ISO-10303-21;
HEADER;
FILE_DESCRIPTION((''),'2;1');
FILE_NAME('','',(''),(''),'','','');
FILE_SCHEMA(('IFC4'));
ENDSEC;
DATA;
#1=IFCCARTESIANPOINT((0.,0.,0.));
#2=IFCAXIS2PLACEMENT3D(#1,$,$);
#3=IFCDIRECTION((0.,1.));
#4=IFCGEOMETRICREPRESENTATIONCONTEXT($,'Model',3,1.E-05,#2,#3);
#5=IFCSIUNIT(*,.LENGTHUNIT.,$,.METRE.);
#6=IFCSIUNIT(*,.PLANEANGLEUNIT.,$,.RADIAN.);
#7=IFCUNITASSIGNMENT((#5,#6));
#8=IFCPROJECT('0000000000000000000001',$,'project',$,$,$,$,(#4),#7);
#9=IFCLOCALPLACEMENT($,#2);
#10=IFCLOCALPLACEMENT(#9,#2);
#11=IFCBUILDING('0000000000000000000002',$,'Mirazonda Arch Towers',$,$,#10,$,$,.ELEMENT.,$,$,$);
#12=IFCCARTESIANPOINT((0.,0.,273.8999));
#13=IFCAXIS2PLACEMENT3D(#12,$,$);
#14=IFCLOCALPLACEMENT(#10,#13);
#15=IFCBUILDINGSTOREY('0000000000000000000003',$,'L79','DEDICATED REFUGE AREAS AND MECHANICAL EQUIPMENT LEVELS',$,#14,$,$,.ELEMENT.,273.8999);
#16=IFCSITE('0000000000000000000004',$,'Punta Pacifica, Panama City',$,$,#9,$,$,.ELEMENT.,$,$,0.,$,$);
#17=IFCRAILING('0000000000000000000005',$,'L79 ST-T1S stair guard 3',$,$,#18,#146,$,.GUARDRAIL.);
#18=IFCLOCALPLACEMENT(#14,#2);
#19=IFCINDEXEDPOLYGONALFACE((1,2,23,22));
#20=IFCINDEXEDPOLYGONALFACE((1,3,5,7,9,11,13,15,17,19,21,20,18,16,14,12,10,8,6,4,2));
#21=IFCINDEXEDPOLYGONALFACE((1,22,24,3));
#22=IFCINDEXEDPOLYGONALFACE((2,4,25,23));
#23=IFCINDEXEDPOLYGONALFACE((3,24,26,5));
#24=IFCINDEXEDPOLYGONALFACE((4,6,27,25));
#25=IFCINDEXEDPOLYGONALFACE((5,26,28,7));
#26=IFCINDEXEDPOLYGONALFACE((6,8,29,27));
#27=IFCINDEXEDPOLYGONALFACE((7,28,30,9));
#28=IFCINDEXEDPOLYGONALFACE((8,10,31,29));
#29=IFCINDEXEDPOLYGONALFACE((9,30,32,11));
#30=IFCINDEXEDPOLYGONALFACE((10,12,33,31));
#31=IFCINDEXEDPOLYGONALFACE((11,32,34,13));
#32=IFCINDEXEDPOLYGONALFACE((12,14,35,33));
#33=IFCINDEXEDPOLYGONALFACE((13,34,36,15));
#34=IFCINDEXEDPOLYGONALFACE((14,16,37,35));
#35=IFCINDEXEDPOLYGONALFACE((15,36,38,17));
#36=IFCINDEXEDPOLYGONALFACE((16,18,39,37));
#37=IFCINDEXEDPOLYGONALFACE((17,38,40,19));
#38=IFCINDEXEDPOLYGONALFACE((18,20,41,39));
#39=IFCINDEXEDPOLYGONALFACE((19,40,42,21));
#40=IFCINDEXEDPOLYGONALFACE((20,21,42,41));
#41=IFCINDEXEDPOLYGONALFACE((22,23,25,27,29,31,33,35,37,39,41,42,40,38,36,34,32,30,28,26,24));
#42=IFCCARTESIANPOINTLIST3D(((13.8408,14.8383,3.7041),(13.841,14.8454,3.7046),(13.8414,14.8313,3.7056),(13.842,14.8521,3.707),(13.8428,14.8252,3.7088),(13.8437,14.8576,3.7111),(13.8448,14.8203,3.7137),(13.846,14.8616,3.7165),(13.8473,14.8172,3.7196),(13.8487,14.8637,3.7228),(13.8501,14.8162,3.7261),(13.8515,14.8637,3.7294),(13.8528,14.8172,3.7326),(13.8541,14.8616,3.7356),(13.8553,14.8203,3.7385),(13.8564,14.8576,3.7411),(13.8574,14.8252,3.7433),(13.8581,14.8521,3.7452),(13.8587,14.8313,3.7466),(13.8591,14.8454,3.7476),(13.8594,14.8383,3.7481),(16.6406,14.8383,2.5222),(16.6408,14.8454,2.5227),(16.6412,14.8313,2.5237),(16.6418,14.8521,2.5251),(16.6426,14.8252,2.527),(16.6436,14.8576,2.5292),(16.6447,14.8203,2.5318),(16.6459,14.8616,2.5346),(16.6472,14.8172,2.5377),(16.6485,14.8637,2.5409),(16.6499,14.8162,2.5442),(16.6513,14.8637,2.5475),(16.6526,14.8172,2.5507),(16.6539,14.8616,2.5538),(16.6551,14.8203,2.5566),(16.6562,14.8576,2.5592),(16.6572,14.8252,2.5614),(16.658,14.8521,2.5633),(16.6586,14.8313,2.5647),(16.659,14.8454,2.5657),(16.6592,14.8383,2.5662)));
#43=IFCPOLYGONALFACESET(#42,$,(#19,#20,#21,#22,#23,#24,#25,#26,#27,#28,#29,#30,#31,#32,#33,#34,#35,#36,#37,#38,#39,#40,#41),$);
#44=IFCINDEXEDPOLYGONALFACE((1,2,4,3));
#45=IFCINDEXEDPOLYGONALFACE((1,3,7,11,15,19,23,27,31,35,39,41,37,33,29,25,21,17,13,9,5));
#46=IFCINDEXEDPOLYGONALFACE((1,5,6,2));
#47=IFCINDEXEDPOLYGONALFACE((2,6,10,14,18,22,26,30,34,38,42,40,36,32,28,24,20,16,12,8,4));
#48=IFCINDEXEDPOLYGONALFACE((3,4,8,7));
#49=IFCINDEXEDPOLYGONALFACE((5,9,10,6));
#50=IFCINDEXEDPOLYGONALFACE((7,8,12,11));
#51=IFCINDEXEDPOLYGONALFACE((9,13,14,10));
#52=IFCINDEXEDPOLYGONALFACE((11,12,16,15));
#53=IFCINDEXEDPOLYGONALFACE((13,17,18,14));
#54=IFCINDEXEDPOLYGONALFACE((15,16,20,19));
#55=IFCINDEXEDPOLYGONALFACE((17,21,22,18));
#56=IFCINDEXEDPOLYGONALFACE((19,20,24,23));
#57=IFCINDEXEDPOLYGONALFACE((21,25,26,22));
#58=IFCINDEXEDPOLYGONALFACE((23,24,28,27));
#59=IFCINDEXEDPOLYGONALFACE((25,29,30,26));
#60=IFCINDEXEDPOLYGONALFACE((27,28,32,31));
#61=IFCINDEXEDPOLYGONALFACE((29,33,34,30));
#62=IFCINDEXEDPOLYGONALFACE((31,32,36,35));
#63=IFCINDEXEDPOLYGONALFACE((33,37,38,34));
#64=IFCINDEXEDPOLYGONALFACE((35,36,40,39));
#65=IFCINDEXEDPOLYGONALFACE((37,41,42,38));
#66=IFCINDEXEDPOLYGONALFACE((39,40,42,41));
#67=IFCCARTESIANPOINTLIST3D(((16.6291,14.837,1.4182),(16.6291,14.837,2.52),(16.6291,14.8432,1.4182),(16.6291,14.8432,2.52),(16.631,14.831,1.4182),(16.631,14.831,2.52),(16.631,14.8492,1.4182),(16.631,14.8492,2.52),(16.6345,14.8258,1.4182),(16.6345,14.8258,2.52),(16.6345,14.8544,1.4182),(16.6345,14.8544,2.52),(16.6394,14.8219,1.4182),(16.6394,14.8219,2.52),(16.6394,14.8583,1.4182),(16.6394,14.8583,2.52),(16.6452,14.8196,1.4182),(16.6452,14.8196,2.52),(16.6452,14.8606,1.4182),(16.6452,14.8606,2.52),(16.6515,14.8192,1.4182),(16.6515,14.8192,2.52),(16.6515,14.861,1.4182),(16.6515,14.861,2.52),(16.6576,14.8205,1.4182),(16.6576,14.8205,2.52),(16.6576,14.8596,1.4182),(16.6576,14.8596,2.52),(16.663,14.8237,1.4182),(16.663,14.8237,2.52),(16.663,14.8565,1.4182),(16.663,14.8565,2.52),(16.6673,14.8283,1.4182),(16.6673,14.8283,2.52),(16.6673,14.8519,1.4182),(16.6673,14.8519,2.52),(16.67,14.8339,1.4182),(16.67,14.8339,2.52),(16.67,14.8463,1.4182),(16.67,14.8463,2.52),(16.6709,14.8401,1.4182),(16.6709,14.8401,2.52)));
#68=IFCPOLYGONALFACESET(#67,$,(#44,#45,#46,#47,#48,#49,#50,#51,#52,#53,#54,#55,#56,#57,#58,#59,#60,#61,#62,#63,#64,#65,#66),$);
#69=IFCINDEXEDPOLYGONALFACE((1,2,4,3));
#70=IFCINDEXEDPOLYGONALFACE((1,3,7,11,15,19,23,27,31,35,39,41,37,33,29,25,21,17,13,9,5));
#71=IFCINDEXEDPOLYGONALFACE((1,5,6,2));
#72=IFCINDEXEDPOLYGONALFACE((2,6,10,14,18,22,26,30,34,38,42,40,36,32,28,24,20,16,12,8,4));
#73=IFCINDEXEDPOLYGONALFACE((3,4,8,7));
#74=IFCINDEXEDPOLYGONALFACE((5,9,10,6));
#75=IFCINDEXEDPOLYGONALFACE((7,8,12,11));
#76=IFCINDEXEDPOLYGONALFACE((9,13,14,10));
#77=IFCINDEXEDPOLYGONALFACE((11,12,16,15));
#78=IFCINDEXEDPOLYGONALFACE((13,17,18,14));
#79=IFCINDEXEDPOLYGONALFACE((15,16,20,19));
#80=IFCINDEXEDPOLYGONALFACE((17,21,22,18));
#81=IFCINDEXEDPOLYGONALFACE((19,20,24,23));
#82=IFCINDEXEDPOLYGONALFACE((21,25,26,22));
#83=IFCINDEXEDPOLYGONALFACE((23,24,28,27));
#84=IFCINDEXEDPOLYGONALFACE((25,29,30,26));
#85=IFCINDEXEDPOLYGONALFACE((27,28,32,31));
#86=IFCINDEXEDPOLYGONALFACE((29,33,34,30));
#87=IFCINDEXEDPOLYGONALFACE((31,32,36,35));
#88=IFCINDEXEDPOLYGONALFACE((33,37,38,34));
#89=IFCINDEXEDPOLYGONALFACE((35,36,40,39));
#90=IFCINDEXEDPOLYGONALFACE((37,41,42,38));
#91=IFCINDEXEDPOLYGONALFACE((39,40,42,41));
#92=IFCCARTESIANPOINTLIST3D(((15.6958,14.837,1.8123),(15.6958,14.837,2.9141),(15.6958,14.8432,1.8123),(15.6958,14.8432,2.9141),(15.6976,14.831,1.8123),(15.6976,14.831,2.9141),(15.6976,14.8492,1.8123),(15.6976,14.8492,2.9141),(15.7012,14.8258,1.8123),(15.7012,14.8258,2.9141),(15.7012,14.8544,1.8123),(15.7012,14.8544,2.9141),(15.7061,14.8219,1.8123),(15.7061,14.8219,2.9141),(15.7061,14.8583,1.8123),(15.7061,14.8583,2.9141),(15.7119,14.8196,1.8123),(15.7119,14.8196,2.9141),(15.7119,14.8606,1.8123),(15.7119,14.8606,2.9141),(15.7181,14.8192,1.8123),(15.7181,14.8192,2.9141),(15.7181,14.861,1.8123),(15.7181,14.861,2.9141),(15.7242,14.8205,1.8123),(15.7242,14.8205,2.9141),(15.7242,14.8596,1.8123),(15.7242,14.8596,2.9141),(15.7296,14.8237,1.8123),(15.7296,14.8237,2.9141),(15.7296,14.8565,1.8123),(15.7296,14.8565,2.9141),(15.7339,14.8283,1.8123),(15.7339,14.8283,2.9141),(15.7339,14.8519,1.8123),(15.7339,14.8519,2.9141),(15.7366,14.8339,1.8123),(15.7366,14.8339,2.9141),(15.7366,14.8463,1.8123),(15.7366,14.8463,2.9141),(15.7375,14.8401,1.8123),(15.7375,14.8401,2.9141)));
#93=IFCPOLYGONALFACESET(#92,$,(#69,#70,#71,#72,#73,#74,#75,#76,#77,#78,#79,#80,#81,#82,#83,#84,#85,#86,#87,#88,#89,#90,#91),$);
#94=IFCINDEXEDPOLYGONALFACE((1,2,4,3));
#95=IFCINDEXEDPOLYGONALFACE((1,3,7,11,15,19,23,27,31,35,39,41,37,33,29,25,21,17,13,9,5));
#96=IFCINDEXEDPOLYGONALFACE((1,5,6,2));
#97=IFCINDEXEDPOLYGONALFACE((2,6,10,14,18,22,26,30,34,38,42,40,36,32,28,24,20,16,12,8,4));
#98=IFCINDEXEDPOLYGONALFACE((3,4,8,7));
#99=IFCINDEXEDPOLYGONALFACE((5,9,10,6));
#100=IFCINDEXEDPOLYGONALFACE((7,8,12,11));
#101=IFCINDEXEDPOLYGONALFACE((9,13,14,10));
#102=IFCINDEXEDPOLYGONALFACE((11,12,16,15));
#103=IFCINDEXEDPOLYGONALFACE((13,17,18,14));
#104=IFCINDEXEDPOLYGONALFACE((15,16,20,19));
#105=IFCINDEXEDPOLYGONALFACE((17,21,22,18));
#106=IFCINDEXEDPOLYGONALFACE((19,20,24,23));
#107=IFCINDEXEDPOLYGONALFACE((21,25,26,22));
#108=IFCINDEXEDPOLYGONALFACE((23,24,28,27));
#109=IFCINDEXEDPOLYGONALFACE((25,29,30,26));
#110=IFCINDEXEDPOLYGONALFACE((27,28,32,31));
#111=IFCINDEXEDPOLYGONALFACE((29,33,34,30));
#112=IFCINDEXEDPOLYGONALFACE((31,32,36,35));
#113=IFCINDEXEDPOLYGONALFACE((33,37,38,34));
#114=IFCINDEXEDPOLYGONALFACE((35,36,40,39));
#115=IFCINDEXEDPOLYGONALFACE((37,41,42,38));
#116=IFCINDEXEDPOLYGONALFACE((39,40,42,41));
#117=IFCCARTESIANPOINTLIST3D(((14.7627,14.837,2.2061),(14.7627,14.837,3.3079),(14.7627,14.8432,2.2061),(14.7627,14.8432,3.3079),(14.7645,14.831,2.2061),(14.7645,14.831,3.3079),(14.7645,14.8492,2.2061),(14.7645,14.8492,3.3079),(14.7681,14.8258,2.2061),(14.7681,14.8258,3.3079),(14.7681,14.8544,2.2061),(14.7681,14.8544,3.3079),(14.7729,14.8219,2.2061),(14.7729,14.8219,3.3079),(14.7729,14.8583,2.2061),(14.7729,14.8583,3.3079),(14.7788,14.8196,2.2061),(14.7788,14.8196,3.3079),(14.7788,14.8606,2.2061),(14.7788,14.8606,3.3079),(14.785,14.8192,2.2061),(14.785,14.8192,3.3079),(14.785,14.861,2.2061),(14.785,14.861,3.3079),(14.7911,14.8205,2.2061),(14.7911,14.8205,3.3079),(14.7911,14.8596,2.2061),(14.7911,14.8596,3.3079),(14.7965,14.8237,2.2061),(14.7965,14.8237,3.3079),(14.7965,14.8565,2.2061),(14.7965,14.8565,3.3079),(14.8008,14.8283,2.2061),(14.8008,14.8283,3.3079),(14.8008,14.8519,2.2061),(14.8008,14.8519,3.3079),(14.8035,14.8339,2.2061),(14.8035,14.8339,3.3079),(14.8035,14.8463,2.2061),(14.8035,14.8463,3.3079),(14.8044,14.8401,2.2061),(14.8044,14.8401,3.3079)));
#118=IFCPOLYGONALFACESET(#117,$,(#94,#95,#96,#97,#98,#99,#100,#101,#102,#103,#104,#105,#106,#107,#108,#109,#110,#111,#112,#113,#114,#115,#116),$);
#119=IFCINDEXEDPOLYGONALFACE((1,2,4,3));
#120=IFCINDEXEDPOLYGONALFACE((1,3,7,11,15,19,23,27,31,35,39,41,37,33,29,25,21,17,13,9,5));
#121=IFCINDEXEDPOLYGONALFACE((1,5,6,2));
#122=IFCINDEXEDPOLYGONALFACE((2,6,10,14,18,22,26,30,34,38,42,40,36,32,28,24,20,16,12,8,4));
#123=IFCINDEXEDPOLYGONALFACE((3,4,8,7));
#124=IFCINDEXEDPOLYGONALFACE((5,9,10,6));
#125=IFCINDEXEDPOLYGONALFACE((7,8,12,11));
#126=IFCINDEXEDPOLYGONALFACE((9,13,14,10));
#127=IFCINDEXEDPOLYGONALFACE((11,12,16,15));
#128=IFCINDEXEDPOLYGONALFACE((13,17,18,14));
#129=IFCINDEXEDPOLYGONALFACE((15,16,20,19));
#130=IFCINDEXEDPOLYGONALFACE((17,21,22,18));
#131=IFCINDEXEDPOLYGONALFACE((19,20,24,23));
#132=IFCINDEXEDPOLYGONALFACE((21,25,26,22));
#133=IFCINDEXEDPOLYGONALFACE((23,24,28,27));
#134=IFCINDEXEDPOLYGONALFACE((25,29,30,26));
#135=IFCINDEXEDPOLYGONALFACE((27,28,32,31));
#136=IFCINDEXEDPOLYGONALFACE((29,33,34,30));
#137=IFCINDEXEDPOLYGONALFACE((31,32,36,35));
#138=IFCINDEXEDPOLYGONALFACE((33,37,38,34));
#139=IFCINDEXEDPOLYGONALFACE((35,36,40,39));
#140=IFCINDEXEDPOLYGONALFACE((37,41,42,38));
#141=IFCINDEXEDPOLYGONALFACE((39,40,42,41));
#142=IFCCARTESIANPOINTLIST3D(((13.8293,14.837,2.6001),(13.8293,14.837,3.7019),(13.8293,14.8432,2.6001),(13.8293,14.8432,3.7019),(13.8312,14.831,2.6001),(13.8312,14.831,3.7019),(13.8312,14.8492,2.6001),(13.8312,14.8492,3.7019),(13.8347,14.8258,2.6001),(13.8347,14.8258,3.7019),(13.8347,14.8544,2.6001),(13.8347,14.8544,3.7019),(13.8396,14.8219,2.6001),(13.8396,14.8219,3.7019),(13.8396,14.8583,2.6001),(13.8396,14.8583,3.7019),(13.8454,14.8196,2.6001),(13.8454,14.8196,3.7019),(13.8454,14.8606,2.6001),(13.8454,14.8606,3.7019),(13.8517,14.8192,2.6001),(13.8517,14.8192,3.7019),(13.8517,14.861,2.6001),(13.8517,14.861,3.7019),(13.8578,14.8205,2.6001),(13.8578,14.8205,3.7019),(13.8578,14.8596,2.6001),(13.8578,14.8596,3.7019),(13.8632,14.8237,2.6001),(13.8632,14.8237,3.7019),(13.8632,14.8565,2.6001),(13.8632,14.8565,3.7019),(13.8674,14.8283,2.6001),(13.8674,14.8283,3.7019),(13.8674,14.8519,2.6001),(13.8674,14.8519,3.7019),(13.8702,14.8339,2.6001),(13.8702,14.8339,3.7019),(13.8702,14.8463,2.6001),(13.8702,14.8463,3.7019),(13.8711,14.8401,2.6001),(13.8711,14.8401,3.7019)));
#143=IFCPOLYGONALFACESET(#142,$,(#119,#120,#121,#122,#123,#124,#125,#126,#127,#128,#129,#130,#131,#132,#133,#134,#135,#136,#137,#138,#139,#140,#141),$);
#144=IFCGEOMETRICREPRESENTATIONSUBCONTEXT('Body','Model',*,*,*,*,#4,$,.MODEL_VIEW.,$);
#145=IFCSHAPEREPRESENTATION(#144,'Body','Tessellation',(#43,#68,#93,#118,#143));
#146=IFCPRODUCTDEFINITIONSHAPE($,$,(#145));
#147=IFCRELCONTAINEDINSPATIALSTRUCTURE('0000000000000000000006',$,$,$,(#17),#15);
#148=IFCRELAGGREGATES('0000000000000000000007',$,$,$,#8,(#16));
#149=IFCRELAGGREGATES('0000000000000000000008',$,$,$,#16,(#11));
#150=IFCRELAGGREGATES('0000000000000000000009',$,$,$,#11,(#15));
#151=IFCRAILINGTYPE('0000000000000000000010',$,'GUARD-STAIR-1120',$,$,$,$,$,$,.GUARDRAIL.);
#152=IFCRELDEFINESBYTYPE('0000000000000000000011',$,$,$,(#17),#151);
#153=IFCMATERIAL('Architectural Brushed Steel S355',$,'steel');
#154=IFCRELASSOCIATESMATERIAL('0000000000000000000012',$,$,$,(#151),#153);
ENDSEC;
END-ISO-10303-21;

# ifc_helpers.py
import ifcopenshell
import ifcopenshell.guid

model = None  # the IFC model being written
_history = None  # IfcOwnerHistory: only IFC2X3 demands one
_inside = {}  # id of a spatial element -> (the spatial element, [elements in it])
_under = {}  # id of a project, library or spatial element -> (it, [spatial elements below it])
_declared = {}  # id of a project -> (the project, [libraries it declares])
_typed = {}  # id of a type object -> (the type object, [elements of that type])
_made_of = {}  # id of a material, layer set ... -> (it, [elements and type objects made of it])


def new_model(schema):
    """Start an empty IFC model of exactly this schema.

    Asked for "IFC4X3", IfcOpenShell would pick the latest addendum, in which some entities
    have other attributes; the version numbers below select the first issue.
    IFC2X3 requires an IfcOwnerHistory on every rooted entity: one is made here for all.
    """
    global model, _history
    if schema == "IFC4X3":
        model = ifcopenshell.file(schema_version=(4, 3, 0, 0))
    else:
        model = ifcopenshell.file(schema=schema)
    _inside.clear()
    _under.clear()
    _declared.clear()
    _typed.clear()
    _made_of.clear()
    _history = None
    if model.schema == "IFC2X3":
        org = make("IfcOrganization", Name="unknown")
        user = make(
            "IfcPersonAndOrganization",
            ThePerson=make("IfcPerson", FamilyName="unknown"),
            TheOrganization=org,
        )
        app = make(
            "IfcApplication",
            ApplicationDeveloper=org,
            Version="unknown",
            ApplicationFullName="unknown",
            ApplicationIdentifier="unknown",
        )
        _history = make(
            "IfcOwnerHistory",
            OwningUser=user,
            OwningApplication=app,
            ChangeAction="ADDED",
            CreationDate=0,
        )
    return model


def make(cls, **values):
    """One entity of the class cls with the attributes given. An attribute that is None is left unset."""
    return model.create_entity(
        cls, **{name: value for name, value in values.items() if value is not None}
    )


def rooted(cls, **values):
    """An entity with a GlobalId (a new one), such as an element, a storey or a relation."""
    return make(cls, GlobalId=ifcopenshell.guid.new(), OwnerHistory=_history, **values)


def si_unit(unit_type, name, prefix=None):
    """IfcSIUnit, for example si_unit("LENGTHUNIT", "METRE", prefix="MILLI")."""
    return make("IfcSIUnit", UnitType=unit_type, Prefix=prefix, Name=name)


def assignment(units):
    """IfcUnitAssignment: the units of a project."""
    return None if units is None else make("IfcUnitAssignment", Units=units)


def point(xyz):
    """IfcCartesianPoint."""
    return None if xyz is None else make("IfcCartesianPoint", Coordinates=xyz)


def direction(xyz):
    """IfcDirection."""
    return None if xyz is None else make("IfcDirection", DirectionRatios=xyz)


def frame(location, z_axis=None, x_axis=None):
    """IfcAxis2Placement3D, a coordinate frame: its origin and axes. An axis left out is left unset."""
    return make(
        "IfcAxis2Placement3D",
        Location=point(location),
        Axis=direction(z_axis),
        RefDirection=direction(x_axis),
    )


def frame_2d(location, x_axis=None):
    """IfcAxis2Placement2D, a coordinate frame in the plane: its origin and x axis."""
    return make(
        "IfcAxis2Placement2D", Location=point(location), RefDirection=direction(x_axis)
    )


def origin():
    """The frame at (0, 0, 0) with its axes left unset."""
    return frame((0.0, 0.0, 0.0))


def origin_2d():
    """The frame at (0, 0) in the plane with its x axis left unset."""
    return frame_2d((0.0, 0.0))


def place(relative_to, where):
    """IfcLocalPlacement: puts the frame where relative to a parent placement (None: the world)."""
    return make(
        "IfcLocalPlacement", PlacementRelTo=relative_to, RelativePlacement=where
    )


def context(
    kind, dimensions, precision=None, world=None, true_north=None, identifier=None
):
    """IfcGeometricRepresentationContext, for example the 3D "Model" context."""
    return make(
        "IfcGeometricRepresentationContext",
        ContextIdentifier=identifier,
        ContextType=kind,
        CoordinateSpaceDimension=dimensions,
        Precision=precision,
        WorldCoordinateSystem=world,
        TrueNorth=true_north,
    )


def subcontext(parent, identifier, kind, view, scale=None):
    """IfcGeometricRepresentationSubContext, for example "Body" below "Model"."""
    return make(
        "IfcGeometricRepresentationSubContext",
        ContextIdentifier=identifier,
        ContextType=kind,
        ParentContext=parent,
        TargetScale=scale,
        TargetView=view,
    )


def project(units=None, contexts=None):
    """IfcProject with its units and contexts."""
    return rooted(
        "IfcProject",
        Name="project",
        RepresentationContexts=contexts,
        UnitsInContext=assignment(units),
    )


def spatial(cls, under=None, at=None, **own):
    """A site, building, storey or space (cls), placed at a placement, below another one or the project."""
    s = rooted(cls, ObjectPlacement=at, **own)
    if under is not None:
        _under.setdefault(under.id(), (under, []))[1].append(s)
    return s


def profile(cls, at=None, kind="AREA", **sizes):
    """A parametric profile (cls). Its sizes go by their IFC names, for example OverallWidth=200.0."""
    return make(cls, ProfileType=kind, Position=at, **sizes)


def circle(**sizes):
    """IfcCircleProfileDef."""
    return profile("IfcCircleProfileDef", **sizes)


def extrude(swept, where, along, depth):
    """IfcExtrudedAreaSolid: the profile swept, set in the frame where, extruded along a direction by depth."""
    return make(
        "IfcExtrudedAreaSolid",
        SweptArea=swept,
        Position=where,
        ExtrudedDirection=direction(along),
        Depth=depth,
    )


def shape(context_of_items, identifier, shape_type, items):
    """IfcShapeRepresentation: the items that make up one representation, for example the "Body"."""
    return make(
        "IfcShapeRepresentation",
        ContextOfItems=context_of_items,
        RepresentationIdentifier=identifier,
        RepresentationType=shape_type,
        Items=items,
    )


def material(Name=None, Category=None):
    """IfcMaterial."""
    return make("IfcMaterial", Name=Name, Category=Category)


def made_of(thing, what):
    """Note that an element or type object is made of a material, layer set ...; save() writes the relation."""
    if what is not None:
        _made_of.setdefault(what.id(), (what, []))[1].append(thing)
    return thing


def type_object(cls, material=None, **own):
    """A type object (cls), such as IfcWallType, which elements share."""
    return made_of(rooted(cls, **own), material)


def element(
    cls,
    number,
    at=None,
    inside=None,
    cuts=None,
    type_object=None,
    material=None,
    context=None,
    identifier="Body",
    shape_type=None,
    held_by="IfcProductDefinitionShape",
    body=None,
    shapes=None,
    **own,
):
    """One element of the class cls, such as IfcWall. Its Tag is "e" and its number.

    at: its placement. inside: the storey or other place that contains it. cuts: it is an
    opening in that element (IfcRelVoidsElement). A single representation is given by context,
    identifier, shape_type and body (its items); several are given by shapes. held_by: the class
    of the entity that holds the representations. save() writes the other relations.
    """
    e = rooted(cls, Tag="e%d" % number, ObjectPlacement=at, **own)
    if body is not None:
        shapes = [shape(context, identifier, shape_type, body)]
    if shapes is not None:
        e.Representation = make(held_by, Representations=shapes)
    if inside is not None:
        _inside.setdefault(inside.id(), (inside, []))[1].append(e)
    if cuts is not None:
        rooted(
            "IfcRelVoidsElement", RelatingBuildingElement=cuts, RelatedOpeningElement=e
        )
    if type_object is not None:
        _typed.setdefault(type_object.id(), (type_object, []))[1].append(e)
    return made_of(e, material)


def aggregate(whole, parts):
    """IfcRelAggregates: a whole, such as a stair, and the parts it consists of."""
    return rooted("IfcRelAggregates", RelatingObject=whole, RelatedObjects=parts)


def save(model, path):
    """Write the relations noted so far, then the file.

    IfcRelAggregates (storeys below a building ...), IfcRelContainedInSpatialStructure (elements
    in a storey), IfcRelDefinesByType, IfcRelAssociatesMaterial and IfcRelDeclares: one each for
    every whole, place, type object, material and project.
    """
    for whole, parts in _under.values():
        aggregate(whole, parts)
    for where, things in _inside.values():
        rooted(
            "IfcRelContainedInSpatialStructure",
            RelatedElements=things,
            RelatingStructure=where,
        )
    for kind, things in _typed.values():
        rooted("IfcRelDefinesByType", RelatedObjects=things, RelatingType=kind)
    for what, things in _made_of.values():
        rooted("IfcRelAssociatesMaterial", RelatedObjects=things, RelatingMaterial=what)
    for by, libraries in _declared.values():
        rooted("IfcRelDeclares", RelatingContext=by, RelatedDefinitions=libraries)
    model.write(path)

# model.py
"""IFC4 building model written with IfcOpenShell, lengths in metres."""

from ifc_helpers import new_model, si_unit, direction, frame, origin, origin_2d, place, context, subcontext, project, spatial, circle, extrude, material, type_object, element, save


model = new_model("IFC4")

# Units and contexts
model_context = context("Model", 3, precision=1e-05, world=origin(), true_north=direction((0.0, 1.0)))
body_context = subcontext(model_context, "Body", "Model", "MODEL_VIEW")
ifc_project = project(units=[si_unit("LENGTHUNIT", "METRE"), si_unit("PLANEANGLEUNIT", "RADIAN")], contexts=[model_context])

# Site, building, storey
site_placement = place(None, origin())
site = spatial("IfcSite", under=ifc_project, at=site_placement, Name="Punta Pacifica, Panama City", CompositionType="ELEMENT", RefElevation=0.0)
building_placement = place(site_placement, origin())
building = spatial("IfcBuilding", under=site, at=building_placement, Name="Mirazonda Arch Towers", CompositionType="ELEMENT")
storey_placement = place(building_placement, frame((0.0, 0.0, 273.8999)))
storey = spatial("IfcBuildingStorey", under=building, at=storey_placement, Name="L79", Description="DEDICATED REFUGE AREAS AND MECHANICAL EQUIPMENT LEVELS", CompositionType="ELEMENT", Elevation=273.8999)

# Shared definitions
ifc_material_1 = material(Name="Architectural Brushed Steel S355", Category="steel")

# Railing
railing_type_1 = type_object("IfcRailingType", Name="GUARD-STAIR-1120", PredefinedType="GUARDRAIL", material=ifc_material_1)
railing_1_placement = place(storey_placement, frame((16.6499, 14.8401, 1.4182)))
element("IfcRailing", 1, at=railing_1_placement, inside=storey, type_object=railing_type_1, Name="L79 ST-T1S stair guard 3", PredefinedType="GUARDRAIL", context=body_context, shape_type="SweptSolid", body=[
    extrude(circle(Radius=0.0239, at=origin_2d()), frame((0.0, 0.0, 1.126), z_axis=(-0.92128, 0.0, 0.388901), x_axis=(0.0, -1.0, 0.0)), (0.0, 0.0, 1.0), 3.0391),
    extrude(circle(Radius=0.021, at=origin_2d()), origin(), (0.0, 0.0, 1.0), 1.1018),
    extrude(circle(Radius=0.021, at=origin_2d()), frame((-0.9333, 0.0, 0.394)), (0.0, 0.0, 1.0), 1.1018),
    extrude(circle(Radius=0.021, at=origin_2d()), frame((-1.8665, 0.0, 0.7878)), (0.0, 0.0, 1.0), 1.1018),
    extrude(circle(Radius=0.021, at=origin_2d()), frame((-2.7998, 0.0, 1.1819)), (0.0, 0.0, 1.0), 1.1018),
])

save(model, "model.ifc")
